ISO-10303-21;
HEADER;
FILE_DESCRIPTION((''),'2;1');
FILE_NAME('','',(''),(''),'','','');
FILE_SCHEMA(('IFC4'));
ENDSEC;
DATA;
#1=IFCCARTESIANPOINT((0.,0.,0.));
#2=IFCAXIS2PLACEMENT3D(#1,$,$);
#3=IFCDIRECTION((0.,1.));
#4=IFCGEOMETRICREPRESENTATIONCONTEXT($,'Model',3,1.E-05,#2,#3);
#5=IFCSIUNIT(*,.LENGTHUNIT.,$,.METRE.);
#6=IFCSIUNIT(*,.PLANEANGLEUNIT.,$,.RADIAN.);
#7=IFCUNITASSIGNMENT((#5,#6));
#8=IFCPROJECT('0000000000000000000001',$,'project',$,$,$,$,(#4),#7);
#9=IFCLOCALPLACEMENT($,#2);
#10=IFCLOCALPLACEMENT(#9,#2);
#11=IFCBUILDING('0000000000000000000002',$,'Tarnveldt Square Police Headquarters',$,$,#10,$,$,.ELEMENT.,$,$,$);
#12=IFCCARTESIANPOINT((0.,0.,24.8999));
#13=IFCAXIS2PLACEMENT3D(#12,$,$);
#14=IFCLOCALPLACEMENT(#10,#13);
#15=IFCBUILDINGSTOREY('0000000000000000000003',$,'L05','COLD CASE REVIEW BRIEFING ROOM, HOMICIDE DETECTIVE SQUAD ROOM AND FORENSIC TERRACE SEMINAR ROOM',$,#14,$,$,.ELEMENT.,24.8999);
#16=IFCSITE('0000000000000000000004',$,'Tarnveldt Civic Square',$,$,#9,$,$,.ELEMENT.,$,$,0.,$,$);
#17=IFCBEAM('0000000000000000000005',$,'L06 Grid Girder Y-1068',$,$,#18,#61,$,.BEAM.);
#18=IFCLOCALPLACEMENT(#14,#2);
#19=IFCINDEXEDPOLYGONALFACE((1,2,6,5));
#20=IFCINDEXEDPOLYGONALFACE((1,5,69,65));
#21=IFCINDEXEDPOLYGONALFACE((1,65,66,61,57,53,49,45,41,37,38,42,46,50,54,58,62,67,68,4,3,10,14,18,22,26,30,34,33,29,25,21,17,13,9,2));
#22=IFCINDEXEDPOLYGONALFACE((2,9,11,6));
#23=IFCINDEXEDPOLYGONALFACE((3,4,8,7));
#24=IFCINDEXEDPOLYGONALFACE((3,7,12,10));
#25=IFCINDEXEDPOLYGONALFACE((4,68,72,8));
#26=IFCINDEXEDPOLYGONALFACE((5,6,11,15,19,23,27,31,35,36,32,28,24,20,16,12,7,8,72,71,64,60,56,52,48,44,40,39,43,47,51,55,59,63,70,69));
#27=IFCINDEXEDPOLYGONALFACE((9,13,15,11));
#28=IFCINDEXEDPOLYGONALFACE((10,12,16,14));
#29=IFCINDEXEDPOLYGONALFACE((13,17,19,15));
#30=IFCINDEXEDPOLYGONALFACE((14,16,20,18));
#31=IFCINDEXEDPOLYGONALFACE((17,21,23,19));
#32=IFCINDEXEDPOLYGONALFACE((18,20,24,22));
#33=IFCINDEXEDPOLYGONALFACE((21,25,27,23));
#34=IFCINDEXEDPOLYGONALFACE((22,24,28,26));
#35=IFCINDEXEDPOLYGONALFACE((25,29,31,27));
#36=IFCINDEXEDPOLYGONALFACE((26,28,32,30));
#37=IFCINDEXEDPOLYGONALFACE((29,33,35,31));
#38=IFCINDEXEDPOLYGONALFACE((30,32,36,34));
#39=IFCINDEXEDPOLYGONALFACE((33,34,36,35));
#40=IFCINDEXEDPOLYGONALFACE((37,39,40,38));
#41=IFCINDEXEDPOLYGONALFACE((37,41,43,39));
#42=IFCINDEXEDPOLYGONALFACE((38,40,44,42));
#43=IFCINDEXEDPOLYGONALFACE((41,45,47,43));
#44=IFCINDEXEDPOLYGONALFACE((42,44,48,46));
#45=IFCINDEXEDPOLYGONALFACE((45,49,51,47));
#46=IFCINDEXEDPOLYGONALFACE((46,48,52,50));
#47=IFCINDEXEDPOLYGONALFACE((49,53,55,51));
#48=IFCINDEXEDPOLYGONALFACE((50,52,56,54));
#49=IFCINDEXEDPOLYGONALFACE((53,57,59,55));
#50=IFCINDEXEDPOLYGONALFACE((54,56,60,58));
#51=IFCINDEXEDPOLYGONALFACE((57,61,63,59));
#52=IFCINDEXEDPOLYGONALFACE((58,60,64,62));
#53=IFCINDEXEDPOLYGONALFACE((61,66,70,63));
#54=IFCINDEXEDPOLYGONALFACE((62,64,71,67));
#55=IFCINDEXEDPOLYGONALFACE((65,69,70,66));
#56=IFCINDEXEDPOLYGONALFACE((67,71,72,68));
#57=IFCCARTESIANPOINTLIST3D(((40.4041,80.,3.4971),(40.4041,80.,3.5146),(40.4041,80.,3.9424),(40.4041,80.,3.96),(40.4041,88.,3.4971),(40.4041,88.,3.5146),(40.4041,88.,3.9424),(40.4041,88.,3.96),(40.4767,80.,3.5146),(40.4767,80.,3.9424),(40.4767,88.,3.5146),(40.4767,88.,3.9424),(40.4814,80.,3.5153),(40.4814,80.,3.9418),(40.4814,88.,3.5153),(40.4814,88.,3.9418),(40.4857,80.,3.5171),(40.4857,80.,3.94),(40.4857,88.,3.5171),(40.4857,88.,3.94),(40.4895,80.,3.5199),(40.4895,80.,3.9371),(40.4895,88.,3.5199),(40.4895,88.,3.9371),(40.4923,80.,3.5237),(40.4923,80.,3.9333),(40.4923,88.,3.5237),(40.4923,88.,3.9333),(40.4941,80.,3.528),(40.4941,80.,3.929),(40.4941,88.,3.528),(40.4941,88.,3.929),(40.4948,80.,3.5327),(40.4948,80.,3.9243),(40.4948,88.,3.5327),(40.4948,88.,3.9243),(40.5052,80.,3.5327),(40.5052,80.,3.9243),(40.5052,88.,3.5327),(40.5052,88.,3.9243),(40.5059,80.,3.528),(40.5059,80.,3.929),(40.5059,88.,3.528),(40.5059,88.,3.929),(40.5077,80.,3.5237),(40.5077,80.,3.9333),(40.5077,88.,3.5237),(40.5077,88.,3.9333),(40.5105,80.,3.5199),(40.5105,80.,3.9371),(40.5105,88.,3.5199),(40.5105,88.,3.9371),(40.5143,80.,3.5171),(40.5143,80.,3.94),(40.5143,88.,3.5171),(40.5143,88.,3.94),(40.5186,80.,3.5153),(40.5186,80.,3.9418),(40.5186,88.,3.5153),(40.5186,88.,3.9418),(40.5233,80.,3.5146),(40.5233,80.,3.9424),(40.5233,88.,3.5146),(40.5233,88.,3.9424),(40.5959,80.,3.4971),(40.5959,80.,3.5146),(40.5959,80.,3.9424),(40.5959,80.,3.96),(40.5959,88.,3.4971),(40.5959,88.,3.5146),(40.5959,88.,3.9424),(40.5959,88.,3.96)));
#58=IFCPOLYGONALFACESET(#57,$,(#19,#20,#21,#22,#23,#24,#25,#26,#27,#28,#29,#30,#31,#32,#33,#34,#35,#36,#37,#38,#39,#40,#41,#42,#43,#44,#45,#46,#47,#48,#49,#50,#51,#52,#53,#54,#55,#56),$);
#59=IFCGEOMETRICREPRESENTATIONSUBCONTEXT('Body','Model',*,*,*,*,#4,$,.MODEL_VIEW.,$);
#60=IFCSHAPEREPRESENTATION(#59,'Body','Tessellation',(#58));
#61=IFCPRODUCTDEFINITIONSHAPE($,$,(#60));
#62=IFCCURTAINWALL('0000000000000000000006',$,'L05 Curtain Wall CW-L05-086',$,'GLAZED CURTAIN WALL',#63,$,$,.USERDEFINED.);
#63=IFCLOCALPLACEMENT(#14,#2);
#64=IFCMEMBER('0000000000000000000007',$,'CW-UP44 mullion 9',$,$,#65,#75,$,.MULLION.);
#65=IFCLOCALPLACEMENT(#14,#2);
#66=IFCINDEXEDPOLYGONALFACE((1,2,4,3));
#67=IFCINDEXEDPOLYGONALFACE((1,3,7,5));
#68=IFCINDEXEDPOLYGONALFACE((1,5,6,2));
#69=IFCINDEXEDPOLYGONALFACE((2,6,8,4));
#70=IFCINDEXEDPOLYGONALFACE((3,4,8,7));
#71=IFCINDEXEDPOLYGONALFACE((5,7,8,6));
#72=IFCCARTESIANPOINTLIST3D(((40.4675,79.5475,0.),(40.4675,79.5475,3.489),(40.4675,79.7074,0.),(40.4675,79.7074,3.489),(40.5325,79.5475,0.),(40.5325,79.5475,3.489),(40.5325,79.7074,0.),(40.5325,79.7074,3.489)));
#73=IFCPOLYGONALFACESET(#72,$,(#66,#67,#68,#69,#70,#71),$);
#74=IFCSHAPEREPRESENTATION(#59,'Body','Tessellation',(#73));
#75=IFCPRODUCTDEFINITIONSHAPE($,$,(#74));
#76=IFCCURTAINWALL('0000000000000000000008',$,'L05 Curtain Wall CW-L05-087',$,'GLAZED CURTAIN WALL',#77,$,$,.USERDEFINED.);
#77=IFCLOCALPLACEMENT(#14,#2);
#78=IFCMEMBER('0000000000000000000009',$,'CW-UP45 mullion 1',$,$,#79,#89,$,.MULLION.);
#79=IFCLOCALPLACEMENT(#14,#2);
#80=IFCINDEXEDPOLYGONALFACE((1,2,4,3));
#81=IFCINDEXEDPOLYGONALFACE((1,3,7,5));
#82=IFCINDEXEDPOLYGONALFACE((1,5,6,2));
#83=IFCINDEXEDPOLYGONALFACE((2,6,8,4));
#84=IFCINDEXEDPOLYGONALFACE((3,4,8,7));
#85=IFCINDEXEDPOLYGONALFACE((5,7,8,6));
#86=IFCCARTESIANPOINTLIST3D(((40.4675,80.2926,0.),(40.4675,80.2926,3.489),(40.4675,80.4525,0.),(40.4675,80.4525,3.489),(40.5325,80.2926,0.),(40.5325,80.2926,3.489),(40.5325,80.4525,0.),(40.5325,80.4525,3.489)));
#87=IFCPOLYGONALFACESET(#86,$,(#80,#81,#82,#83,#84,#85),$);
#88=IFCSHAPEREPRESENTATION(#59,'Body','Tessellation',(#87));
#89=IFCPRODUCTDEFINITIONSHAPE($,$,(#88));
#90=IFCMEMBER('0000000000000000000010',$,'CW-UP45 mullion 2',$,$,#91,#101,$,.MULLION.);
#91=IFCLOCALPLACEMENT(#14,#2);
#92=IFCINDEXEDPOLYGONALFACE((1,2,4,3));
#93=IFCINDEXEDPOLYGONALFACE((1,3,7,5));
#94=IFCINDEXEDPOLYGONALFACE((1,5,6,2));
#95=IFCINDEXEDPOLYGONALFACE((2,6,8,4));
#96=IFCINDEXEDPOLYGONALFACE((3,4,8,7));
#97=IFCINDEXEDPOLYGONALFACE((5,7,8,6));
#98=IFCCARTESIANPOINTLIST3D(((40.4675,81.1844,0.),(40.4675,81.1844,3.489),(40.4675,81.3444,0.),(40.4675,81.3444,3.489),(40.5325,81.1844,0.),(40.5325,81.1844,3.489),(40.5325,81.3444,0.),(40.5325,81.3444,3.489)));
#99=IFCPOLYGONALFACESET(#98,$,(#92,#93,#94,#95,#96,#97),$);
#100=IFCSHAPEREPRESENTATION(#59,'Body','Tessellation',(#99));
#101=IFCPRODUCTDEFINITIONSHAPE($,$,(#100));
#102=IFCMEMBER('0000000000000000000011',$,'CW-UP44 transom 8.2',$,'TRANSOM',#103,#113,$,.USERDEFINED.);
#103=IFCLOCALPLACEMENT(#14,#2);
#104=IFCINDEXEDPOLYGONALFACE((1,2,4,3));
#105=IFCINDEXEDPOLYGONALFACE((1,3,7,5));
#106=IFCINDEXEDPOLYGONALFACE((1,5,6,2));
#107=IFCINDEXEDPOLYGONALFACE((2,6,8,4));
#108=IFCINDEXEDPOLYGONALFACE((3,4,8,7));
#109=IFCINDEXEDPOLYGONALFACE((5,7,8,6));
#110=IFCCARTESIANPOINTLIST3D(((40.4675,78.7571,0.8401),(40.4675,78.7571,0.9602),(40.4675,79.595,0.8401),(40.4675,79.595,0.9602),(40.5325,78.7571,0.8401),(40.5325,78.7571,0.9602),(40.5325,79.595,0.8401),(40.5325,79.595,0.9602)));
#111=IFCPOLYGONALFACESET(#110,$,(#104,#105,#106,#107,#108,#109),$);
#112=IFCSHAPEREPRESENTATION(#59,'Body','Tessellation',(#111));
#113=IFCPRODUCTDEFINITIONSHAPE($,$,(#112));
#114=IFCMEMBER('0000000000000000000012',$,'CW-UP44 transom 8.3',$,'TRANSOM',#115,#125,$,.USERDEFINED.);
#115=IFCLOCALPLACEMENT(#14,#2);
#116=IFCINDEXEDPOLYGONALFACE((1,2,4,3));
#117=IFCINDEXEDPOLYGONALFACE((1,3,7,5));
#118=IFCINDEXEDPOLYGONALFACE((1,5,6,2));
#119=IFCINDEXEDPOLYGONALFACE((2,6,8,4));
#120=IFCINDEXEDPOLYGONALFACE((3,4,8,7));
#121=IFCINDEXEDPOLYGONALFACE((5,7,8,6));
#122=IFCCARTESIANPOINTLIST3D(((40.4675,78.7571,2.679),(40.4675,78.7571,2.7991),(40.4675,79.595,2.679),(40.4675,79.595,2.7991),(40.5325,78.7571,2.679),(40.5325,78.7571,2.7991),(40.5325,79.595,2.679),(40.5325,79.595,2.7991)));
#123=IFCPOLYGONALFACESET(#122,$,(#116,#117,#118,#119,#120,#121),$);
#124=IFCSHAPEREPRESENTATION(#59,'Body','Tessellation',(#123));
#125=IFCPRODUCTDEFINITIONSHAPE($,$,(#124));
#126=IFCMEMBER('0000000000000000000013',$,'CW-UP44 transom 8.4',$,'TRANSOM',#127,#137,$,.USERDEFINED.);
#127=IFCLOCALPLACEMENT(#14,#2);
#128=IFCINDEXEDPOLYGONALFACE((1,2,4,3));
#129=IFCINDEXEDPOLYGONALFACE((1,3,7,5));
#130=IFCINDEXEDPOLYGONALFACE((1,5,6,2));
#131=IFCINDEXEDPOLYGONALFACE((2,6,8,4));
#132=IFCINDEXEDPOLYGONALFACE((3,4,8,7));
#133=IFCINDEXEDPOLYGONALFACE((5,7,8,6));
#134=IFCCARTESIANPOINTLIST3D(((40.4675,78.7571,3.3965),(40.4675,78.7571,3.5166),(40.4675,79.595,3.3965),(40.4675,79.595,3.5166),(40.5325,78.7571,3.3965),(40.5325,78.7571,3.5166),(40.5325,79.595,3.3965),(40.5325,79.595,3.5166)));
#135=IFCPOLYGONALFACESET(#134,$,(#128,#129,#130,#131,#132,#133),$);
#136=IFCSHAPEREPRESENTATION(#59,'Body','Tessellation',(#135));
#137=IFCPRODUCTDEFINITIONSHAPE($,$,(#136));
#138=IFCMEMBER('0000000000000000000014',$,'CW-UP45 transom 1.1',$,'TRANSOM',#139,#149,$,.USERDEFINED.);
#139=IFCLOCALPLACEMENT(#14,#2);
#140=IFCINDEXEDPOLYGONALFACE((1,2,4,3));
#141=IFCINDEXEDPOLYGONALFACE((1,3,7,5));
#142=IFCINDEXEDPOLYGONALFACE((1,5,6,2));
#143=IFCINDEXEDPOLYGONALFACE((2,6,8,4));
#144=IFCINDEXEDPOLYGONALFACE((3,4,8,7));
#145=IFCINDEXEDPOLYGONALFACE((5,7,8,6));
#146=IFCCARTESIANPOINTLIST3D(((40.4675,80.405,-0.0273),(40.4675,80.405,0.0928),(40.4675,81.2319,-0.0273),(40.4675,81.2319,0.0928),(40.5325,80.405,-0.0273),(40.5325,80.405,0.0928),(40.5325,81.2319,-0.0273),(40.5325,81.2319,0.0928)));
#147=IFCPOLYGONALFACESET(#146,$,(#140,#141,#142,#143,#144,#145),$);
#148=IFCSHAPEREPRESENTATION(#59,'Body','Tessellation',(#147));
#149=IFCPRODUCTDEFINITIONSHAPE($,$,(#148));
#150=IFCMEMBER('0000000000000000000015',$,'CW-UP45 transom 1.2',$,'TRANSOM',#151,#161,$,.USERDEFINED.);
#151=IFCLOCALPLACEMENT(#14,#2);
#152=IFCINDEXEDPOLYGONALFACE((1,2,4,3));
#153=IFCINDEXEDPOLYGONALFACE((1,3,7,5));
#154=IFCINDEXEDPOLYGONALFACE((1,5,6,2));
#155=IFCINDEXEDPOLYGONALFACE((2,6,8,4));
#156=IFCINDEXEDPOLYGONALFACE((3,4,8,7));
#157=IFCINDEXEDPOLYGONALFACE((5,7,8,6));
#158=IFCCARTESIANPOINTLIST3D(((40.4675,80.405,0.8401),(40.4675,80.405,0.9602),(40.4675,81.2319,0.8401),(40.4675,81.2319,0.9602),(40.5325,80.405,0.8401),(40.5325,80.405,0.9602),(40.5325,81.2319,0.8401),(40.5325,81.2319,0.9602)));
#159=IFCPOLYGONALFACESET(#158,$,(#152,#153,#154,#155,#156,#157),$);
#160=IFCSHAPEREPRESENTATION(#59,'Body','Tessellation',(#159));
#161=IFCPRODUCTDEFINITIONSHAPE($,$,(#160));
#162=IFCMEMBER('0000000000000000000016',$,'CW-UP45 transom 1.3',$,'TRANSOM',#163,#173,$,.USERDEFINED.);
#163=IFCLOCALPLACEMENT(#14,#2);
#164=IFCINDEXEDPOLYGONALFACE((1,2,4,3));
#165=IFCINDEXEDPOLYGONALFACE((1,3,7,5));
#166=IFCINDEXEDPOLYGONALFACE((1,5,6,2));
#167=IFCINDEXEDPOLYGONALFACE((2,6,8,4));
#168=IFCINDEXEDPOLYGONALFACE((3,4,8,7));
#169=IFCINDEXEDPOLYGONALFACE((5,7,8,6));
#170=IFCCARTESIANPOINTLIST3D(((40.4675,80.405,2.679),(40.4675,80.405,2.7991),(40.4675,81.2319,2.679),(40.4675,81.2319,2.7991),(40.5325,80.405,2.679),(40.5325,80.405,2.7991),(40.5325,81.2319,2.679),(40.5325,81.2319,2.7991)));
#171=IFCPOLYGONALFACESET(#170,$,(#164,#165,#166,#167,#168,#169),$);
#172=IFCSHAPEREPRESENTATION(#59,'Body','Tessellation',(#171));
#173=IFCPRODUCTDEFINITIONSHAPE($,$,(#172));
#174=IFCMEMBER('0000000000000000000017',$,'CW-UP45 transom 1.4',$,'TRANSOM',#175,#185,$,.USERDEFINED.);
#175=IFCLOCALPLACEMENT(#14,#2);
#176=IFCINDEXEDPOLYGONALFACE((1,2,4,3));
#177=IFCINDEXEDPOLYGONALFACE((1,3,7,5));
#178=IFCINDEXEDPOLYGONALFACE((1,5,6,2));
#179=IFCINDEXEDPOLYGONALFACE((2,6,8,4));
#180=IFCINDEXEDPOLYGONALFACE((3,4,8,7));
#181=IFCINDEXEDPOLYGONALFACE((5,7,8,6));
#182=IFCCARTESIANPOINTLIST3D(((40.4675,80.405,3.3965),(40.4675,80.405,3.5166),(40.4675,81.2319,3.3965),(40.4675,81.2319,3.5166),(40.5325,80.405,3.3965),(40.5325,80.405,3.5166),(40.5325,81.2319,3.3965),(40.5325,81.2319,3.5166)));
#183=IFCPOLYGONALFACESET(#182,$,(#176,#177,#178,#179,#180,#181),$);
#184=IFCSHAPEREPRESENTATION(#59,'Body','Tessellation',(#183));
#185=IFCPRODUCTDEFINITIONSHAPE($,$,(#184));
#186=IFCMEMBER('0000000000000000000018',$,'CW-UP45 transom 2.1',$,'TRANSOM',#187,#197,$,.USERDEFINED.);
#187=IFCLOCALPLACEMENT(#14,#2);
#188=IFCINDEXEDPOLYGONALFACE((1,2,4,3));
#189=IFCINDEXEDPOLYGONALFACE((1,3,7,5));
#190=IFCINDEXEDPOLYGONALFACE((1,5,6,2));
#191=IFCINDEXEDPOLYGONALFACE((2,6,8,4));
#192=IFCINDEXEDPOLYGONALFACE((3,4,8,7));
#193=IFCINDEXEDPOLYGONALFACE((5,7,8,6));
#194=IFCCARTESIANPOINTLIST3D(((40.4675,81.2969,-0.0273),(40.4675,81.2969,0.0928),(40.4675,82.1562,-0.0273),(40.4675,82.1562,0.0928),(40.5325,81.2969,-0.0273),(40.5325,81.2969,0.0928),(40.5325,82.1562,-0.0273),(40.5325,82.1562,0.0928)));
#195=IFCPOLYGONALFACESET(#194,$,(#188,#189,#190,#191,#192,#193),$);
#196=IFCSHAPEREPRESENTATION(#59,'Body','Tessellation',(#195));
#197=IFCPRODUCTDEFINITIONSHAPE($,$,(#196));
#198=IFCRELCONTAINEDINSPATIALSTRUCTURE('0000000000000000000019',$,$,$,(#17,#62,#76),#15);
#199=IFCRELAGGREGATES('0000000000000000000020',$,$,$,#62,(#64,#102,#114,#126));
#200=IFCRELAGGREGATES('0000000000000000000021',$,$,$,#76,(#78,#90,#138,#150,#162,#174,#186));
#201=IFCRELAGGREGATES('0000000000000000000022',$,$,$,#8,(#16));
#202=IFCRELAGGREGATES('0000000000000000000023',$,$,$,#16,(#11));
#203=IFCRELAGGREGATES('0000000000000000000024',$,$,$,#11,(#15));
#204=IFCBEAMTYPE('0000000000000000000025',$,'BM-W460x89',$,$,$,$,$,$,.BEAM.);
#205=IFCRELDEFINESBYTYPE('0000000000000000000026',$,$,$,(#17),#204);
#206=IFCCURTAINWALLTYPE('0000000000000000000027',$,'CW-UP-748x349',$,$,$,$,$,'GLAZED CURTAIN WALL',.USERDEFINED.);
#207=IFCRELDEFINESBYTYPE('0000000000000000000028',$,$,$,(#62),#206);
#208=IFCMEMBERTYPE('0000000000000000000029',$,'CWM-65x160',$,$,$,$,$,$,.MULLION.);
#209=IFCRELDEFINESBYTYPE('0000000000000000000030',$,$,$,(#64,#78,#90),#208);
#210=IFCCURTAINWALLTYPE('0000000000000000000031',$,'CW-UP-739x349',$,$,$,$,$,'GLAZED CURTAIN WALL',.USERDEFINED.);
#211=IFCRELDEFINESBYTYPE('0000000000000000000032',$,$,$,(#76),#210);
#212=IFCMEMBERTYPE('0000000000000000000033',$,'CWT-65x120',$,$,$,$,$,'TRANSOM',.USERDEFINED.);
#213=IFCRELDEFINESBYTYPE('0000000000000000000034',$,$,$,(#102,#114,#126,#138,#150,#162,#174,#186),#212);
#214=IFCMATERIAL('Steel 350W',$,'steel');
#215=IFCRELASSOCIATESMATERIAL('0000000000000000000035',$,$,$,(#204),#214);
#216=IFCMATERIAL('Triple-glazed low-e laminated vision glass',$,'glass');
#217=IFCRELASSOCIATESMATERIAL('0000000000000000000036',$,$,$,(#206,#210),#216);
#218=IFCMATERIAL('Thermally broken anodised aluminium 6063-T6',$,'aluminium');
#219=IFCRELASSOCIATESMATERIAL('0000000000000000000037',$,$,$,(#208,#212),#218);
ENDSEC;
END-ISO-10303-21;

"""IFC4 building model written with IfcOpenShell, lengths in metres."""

from ifc_helpers import new_model, si_unit, direction, frame, origin, origin_2d, place, context, subcontext, project, spatial, rectangle, i_section, extrude, material, material_profile, profile_set, type_object, element, aggregate, save


model = new_model("IFC4")

# Units and contexts
model_context = context("Model", 3, precision=1e-05, world=origin(), true_north=direction((0.0, 1.0)))
body_context = subcontext(model_context, "Body", "Model", "MODEL_VIEW")
ifc_project = project(units=[si_unit("LENGTHUNIT", "METRE"), si_unit("PLANEANGLEUNIT", "RADIAN")], contexts=[model_context])

# Site, building, storey
site_placement = place(None, origin())
site = spatial("IfcSite", under=ifc_project, at=site_placement, Name="Tarnveldt Civic Square", CompositionType="ELEMENT", RefElevation=0.0)
building_placement = place(site_placement, origin())
building = spatial("IfcBuilding", under=site, at=building_placement, Name="Tarnveldt Square Police Headquarters", CompositionType="ELEMENT")
storey_placement = place(building_placement, frame((0.0, 0.0, 24.8999)))
storey = spatial("IfcBuildingStorey", under=building, at=storey_placement, Name="L05", Description="COLD CASE REVIEW BRIEFING ROOM, HOMICIDE DETECTIVE SQUAD ROOM AND FORENSIC TERRACE SEMINAR ROOM", CompositionType="ELEMENT", Elevation=24.8999)

# Shared definitions
ifc_material_1 = material(Name="Steel 350W", Category="steel")

# Beam
ifc_material_profile_1 = material_profile(ifc_material_1, i_section(OverallWidth=0.1919, OverallDepth=0.4629, WebThickness=0.0105, FlangeThickness=0.0176, FilletRadius=0.0181, at=origin_2d()), Name="W460x89")
ifc_profile_set_1 = profile_set([ifc_material_profile_1], Name="Steel 350W")
beam_type_1 = type_object("IfcBeamType", Name="BM-W460x89", PredefinedType="BEAM", material=ifc_profile_set_1)
for number, where, z_axis, x_axis, name in (
    (1, (40.5, 80.0, 3.7285), (0.0, 1.0, 0.0), (-1.0, 0.0, 0.0), "L06 Grid Girder Y-1068"),
):
    element("IfcBeam", number, at=place(storey_placement, frame(where, z_axis=z_axis, x_axis=x_axis)), inside=storey, type_object=beam_type_1, Name=name, PredefinedType="BEAM", context=body_context, shape_type="SweptSolid", body=[
        extrude(i_section(OverallWidth=0.1919, OverallDepth=0.4629, WebThickness=0.0105, FlangeThickness=0.0176, FilletRadius=0.0181, at=origin_2d()), origin(), (0.0, 0.0, 1.0), 8.0),
    ])

# Curtain wall, member
ifc_material_2 = material(Name="Triple-glazed low-e laminated vision glass", Category="glass")
curtain_wall_type_1 = type_object("IfcCurtainWallType", Name="CW-UP-748x349", ElementType="GLAZED CURTAIN WALL", PredefinedType="USERDEFINED", material=ifc_material_2)
curtain_wall_1_placement = place(storey_placement, origin())
curtain_wall_1 = element("IfcCurtainWall", 2, at=curtain_wall_1_placement, inside=storey, type_object=curtain_wall_type_1, Name="L05 Curtain Wall CW-L05-086", ObjectType="GLAZED CURTAIN WALL", PredefinedType="USERDEFINED")
ifc_material_3 = material(Name="Thermally broken anodised aluminium 6063-T6", Category="aluminium")
ifc_material_profile_2 = material_profile(ifc_material_3, rectangle(XDim=0.0649, YDim=0.1599, at=origin_2d()), Name="CW-M65x160")
ifc_profile_set_2 = profile_set([ifc_material_profile_2], Name="Thermally broken anodised aluminium 6063-T6")
member_type_1 = type_object("IfcMemberType", Name="CWM-65x160", PredefinedType="MULLION", material=ifc_profile_set_2)
member_1_placement = place(storey_placement, frame((40.5, 79.6274, 0.0), z_axis=(0.0, 0.0, 1.0), x_axis=(-1.0, 0.0, 0.0)))
member_1 = element("IfcMember", 3, at=member_1_placement, type_object=member_type_1, Name="CW-UP44 mullion 9", PredefinedType="MULLION", context=body_context, shape_type="SweptSolid", body=[
    extrude(rectangle(XDim=0.0649, YDim=0.1599, at=origin_2d()), origin(), (0.0, 0.0, 1.0), 3.489),
])

# Curtain wall, members
curtain_wall_type_2 = type_object("IfcCurtainWallType", Name="CW-UP-739x349", ElementType="GLAZED CURTAIN WALL", PredefinedType="USERDEFINED", material=ifc_material_2)
curtain_wall_2_placement = place(storey_placement, origin())
curtain_wall_2 = element("IfcCurtainWall", 4, at=curtain_wall_2_placement, inside=storey, type_object=curtain_wall_type_2, Name="L05 Curtain Wall CW-L05-087", ObjectType="GLAZED CURTAIN WALL", PredefinedType="USERDEFINED")
member_2_placement = place(storey_placement, frame((40.5, 80.3726, 0.0), z_axis=(0.0, 0.0, 1.0), x_axis=(-1.0, 0.0, 0.0)))
member_2 = element("IfcMember", 5, at=member_2_placement, type_object=member_type_1, Name="CW-UP45 mullion 1", PredefinedType="MULLION", context=body_context, shape_type="SweptSolid", body=[
    extrude(rectangle(XDim=0.0649, YDim=0.1599, at=origin_2d()), origin(), (0.0, 0.0, 1.0), 3.489),
])
member_3_placement = place(storey_placement, frame((40.5, 81.2644, 0.0), z_axis=(0.0, 0.0, 1.0), x_axis=(-1.0, 0.0, 0.0)))
member_3 = element("IfcMember", 6, at=member_3_placement, type_object=member_type_1, Name="CW-UP45 mullion 2", PredefinedType="MULLION", context=body_context, shape_type="SweptSolid", body=[
    extrude(rectangle(XDim=0.0649, YDim=0.1599, at=origin_2d()), origin(), (0.0, 0.0, 1.0), 3.489),
])

# Members
ifc_material_profile_3 = material_profile(ifc_material_3, rectangle(XDim=0.0649, YDim=0.1201, at=origin_2d()), Name="CW-T65x120")
ifc_profile_set_3 = profile_set([ifc_material_profile_3], Name="Thermally broken anodised aluminium 6063-T6")
member_type_2 = type_object("IfcMemberType", Name="CWT-65x120", ElementType="TRANSOM", PredefinedType="USERDEFINED", material=ifc_profile_set_3)
member_4_placement = place(storey_placement, frame((40.5, 78.7571, 0.9001), z_axis=(0.0, 1.0, 0.0), x_axis=(-1.0, 0.0, 0.0)))
member_4 = element("IfcMember", 7, at=member_4_placement, type_object=member_type_2, Name="CW-UP44 transom 8.2", ObjectType="TRANSOM", PredefinedType="USERDEFINED", context=body_context, shape_type="SweptSolid", body=[
    extrude(rectangle(XDim=0.0649, YDim=0.1201, at=origin_2d()), origin(), (0.0, 0.0, 1.0), 0.8379),
])
member_5_placement = place(storey_placement, frame((40.5, 78.7571, 2.739), z_axis=(0.0, 1.0, 0.0), x_axis=(-1.0, 0.0, 0.0)))
member_5 = element("IfcMember", 8, at=member_5_placement, type_object=member_type_2, Name="CW-UP44 transom 8.3", ObjectType="TRANSOM", PredefinedType="USERDEFINED", context=body_context, shape_type="SweptSolid", body=[
    extrude(rectangle(XDim=0.0649, YDim=0.1201, at=origin_2d()), origin(), (0.0, 0.0, 1.0), 0.8379),
])
member_6_placement = place(storey_placement, frame((40.5, 78.7571, 3.4565), z_axis=(0.0, 1.0, 0.0), x_axis=(-1.0, 0.0, 0.0)))
member_6 = element("IfcMember", 9, at=member_6_placement, type_object=member_type_2, Name="CW-UP44 transom 8.4", ObjectType="TRANSOM", PredefinedType="USERDEFINED", context=body_context, shape_type="SweptSolid", body=[
    extrude(rectangle(XDim=0.0649, YDim=0.1201, at=origin_2d()), origin(), (0.0, 0.0, 1.0), 0.8379),
])
member_7_placement = place(storey_placement, frame((40.5, 80.405, 0.0327), z_axis=(0.0, 1.0, 0.0), x_axis=(-1.0, 0.0, 0.0)))
member_7 = element("IfcMember", 10, at=member_7_placement, type_object=member_type_2, Name="CW-UP45 transom 1.1", ObjectType="TRANSOM", PredefinedType="USERDEFINED", context=body_context, shape_type="SweptSolid", body=[
    extrude(rectangle(XDim=0.0649, YDim=0.1201, at=origin_2d()), origin(), (0.0, 0.0, 1.0), 0.8269),
])
member_8_placement = place(storey_placement, frame((40.5, 80.405, 0.9001), z_axis=(0.0, 1.0, 0.0), x_axis=(-1.0, 0.0, 0.0)))
member_8 = element("IfcMember", 11, at=member_8_placement, type_object=member_type_2, Name="CW-UP45 transom 1.2", ObjectType="TRANSOM", PredefinedType="USERDEFINED", context=body_context, shape_type="SweptSolid", body=[
    extrude(rectangle(XDim=0.0649, YDim=0.1201, at=origin_2d()), origin(), (0.0, 0.0, 1.0), 0.8269),
])
member_9_placement = place(storey_placement, frame((40.5, 80.405, 2.739), z_axis=(0.0, 1.0, 0.0), x_axis=(-1.0, 0.0, 0.0)))
member_9 = element("IfcMember", 12, at=member_9_placement, type_object=member_type_2, Name="CW-UP45 transom 1.3", ObjectType="TRANSOM", PredefinedType="USERDEFINED", context=body_context, shape_type="SweptSolid", body=[
    extrude(rectangle(XDim=0.0649, YDim=0.1201, at=origin_2d()), origin(), (0.0, 0.0, 1.0), 0.8269),
])
member_10_placement = place(storey_placement, frame((40.5, 80.405, 3.4565), z_axis=(0.0, 1.0, 0.0), x_axis=(-1.0, 0.0, 0.0)))
member_10 = element("IfcMember", 13, at=member_10_placement, type_object=member_type_2, Name="CW-UP45 transom 1.4", ObjectType="TRANSOM", PredefinedType="USERDEFINED", context=body_context, shape_type="SweptSolid", body=[
    extrude(rectangle(XDim=0.0649, YDim=0.1201, at=origin_2d()), origin(), (0.0, 0.0, 1.0), 0.8269),
])
member_11_placement = place(storey_placement, frame((40.5, 81.2969, 0.0327), z_axis=(0.0, 1.0, 0.0), x_axis=(-1.0, 0.0, 0.0)))
member_11 = element("IfcMember", 14, at=member_11_placement, type_object=member_type_2, Name="CW-UP45 transom 2.1", ObjectType="TRANSOM", PredefinedType="USERDEFINED", context=body_context, shape_type="SweptSolid", body=[
    extrude(rectangle(XDim=0.0649, YDim=0.1201, at=origin_2d()), origin(), (0.0, 0.0, 1.0), 0.8594),
])

aggregate(curtain_wall_1, [member_1, member_4, member_5, member_6])
aggregate(curtain_wall_2, [member_2, member_3, member_7, member_8, member_9, member_10, member_11])

save(model, "model.ifc")
